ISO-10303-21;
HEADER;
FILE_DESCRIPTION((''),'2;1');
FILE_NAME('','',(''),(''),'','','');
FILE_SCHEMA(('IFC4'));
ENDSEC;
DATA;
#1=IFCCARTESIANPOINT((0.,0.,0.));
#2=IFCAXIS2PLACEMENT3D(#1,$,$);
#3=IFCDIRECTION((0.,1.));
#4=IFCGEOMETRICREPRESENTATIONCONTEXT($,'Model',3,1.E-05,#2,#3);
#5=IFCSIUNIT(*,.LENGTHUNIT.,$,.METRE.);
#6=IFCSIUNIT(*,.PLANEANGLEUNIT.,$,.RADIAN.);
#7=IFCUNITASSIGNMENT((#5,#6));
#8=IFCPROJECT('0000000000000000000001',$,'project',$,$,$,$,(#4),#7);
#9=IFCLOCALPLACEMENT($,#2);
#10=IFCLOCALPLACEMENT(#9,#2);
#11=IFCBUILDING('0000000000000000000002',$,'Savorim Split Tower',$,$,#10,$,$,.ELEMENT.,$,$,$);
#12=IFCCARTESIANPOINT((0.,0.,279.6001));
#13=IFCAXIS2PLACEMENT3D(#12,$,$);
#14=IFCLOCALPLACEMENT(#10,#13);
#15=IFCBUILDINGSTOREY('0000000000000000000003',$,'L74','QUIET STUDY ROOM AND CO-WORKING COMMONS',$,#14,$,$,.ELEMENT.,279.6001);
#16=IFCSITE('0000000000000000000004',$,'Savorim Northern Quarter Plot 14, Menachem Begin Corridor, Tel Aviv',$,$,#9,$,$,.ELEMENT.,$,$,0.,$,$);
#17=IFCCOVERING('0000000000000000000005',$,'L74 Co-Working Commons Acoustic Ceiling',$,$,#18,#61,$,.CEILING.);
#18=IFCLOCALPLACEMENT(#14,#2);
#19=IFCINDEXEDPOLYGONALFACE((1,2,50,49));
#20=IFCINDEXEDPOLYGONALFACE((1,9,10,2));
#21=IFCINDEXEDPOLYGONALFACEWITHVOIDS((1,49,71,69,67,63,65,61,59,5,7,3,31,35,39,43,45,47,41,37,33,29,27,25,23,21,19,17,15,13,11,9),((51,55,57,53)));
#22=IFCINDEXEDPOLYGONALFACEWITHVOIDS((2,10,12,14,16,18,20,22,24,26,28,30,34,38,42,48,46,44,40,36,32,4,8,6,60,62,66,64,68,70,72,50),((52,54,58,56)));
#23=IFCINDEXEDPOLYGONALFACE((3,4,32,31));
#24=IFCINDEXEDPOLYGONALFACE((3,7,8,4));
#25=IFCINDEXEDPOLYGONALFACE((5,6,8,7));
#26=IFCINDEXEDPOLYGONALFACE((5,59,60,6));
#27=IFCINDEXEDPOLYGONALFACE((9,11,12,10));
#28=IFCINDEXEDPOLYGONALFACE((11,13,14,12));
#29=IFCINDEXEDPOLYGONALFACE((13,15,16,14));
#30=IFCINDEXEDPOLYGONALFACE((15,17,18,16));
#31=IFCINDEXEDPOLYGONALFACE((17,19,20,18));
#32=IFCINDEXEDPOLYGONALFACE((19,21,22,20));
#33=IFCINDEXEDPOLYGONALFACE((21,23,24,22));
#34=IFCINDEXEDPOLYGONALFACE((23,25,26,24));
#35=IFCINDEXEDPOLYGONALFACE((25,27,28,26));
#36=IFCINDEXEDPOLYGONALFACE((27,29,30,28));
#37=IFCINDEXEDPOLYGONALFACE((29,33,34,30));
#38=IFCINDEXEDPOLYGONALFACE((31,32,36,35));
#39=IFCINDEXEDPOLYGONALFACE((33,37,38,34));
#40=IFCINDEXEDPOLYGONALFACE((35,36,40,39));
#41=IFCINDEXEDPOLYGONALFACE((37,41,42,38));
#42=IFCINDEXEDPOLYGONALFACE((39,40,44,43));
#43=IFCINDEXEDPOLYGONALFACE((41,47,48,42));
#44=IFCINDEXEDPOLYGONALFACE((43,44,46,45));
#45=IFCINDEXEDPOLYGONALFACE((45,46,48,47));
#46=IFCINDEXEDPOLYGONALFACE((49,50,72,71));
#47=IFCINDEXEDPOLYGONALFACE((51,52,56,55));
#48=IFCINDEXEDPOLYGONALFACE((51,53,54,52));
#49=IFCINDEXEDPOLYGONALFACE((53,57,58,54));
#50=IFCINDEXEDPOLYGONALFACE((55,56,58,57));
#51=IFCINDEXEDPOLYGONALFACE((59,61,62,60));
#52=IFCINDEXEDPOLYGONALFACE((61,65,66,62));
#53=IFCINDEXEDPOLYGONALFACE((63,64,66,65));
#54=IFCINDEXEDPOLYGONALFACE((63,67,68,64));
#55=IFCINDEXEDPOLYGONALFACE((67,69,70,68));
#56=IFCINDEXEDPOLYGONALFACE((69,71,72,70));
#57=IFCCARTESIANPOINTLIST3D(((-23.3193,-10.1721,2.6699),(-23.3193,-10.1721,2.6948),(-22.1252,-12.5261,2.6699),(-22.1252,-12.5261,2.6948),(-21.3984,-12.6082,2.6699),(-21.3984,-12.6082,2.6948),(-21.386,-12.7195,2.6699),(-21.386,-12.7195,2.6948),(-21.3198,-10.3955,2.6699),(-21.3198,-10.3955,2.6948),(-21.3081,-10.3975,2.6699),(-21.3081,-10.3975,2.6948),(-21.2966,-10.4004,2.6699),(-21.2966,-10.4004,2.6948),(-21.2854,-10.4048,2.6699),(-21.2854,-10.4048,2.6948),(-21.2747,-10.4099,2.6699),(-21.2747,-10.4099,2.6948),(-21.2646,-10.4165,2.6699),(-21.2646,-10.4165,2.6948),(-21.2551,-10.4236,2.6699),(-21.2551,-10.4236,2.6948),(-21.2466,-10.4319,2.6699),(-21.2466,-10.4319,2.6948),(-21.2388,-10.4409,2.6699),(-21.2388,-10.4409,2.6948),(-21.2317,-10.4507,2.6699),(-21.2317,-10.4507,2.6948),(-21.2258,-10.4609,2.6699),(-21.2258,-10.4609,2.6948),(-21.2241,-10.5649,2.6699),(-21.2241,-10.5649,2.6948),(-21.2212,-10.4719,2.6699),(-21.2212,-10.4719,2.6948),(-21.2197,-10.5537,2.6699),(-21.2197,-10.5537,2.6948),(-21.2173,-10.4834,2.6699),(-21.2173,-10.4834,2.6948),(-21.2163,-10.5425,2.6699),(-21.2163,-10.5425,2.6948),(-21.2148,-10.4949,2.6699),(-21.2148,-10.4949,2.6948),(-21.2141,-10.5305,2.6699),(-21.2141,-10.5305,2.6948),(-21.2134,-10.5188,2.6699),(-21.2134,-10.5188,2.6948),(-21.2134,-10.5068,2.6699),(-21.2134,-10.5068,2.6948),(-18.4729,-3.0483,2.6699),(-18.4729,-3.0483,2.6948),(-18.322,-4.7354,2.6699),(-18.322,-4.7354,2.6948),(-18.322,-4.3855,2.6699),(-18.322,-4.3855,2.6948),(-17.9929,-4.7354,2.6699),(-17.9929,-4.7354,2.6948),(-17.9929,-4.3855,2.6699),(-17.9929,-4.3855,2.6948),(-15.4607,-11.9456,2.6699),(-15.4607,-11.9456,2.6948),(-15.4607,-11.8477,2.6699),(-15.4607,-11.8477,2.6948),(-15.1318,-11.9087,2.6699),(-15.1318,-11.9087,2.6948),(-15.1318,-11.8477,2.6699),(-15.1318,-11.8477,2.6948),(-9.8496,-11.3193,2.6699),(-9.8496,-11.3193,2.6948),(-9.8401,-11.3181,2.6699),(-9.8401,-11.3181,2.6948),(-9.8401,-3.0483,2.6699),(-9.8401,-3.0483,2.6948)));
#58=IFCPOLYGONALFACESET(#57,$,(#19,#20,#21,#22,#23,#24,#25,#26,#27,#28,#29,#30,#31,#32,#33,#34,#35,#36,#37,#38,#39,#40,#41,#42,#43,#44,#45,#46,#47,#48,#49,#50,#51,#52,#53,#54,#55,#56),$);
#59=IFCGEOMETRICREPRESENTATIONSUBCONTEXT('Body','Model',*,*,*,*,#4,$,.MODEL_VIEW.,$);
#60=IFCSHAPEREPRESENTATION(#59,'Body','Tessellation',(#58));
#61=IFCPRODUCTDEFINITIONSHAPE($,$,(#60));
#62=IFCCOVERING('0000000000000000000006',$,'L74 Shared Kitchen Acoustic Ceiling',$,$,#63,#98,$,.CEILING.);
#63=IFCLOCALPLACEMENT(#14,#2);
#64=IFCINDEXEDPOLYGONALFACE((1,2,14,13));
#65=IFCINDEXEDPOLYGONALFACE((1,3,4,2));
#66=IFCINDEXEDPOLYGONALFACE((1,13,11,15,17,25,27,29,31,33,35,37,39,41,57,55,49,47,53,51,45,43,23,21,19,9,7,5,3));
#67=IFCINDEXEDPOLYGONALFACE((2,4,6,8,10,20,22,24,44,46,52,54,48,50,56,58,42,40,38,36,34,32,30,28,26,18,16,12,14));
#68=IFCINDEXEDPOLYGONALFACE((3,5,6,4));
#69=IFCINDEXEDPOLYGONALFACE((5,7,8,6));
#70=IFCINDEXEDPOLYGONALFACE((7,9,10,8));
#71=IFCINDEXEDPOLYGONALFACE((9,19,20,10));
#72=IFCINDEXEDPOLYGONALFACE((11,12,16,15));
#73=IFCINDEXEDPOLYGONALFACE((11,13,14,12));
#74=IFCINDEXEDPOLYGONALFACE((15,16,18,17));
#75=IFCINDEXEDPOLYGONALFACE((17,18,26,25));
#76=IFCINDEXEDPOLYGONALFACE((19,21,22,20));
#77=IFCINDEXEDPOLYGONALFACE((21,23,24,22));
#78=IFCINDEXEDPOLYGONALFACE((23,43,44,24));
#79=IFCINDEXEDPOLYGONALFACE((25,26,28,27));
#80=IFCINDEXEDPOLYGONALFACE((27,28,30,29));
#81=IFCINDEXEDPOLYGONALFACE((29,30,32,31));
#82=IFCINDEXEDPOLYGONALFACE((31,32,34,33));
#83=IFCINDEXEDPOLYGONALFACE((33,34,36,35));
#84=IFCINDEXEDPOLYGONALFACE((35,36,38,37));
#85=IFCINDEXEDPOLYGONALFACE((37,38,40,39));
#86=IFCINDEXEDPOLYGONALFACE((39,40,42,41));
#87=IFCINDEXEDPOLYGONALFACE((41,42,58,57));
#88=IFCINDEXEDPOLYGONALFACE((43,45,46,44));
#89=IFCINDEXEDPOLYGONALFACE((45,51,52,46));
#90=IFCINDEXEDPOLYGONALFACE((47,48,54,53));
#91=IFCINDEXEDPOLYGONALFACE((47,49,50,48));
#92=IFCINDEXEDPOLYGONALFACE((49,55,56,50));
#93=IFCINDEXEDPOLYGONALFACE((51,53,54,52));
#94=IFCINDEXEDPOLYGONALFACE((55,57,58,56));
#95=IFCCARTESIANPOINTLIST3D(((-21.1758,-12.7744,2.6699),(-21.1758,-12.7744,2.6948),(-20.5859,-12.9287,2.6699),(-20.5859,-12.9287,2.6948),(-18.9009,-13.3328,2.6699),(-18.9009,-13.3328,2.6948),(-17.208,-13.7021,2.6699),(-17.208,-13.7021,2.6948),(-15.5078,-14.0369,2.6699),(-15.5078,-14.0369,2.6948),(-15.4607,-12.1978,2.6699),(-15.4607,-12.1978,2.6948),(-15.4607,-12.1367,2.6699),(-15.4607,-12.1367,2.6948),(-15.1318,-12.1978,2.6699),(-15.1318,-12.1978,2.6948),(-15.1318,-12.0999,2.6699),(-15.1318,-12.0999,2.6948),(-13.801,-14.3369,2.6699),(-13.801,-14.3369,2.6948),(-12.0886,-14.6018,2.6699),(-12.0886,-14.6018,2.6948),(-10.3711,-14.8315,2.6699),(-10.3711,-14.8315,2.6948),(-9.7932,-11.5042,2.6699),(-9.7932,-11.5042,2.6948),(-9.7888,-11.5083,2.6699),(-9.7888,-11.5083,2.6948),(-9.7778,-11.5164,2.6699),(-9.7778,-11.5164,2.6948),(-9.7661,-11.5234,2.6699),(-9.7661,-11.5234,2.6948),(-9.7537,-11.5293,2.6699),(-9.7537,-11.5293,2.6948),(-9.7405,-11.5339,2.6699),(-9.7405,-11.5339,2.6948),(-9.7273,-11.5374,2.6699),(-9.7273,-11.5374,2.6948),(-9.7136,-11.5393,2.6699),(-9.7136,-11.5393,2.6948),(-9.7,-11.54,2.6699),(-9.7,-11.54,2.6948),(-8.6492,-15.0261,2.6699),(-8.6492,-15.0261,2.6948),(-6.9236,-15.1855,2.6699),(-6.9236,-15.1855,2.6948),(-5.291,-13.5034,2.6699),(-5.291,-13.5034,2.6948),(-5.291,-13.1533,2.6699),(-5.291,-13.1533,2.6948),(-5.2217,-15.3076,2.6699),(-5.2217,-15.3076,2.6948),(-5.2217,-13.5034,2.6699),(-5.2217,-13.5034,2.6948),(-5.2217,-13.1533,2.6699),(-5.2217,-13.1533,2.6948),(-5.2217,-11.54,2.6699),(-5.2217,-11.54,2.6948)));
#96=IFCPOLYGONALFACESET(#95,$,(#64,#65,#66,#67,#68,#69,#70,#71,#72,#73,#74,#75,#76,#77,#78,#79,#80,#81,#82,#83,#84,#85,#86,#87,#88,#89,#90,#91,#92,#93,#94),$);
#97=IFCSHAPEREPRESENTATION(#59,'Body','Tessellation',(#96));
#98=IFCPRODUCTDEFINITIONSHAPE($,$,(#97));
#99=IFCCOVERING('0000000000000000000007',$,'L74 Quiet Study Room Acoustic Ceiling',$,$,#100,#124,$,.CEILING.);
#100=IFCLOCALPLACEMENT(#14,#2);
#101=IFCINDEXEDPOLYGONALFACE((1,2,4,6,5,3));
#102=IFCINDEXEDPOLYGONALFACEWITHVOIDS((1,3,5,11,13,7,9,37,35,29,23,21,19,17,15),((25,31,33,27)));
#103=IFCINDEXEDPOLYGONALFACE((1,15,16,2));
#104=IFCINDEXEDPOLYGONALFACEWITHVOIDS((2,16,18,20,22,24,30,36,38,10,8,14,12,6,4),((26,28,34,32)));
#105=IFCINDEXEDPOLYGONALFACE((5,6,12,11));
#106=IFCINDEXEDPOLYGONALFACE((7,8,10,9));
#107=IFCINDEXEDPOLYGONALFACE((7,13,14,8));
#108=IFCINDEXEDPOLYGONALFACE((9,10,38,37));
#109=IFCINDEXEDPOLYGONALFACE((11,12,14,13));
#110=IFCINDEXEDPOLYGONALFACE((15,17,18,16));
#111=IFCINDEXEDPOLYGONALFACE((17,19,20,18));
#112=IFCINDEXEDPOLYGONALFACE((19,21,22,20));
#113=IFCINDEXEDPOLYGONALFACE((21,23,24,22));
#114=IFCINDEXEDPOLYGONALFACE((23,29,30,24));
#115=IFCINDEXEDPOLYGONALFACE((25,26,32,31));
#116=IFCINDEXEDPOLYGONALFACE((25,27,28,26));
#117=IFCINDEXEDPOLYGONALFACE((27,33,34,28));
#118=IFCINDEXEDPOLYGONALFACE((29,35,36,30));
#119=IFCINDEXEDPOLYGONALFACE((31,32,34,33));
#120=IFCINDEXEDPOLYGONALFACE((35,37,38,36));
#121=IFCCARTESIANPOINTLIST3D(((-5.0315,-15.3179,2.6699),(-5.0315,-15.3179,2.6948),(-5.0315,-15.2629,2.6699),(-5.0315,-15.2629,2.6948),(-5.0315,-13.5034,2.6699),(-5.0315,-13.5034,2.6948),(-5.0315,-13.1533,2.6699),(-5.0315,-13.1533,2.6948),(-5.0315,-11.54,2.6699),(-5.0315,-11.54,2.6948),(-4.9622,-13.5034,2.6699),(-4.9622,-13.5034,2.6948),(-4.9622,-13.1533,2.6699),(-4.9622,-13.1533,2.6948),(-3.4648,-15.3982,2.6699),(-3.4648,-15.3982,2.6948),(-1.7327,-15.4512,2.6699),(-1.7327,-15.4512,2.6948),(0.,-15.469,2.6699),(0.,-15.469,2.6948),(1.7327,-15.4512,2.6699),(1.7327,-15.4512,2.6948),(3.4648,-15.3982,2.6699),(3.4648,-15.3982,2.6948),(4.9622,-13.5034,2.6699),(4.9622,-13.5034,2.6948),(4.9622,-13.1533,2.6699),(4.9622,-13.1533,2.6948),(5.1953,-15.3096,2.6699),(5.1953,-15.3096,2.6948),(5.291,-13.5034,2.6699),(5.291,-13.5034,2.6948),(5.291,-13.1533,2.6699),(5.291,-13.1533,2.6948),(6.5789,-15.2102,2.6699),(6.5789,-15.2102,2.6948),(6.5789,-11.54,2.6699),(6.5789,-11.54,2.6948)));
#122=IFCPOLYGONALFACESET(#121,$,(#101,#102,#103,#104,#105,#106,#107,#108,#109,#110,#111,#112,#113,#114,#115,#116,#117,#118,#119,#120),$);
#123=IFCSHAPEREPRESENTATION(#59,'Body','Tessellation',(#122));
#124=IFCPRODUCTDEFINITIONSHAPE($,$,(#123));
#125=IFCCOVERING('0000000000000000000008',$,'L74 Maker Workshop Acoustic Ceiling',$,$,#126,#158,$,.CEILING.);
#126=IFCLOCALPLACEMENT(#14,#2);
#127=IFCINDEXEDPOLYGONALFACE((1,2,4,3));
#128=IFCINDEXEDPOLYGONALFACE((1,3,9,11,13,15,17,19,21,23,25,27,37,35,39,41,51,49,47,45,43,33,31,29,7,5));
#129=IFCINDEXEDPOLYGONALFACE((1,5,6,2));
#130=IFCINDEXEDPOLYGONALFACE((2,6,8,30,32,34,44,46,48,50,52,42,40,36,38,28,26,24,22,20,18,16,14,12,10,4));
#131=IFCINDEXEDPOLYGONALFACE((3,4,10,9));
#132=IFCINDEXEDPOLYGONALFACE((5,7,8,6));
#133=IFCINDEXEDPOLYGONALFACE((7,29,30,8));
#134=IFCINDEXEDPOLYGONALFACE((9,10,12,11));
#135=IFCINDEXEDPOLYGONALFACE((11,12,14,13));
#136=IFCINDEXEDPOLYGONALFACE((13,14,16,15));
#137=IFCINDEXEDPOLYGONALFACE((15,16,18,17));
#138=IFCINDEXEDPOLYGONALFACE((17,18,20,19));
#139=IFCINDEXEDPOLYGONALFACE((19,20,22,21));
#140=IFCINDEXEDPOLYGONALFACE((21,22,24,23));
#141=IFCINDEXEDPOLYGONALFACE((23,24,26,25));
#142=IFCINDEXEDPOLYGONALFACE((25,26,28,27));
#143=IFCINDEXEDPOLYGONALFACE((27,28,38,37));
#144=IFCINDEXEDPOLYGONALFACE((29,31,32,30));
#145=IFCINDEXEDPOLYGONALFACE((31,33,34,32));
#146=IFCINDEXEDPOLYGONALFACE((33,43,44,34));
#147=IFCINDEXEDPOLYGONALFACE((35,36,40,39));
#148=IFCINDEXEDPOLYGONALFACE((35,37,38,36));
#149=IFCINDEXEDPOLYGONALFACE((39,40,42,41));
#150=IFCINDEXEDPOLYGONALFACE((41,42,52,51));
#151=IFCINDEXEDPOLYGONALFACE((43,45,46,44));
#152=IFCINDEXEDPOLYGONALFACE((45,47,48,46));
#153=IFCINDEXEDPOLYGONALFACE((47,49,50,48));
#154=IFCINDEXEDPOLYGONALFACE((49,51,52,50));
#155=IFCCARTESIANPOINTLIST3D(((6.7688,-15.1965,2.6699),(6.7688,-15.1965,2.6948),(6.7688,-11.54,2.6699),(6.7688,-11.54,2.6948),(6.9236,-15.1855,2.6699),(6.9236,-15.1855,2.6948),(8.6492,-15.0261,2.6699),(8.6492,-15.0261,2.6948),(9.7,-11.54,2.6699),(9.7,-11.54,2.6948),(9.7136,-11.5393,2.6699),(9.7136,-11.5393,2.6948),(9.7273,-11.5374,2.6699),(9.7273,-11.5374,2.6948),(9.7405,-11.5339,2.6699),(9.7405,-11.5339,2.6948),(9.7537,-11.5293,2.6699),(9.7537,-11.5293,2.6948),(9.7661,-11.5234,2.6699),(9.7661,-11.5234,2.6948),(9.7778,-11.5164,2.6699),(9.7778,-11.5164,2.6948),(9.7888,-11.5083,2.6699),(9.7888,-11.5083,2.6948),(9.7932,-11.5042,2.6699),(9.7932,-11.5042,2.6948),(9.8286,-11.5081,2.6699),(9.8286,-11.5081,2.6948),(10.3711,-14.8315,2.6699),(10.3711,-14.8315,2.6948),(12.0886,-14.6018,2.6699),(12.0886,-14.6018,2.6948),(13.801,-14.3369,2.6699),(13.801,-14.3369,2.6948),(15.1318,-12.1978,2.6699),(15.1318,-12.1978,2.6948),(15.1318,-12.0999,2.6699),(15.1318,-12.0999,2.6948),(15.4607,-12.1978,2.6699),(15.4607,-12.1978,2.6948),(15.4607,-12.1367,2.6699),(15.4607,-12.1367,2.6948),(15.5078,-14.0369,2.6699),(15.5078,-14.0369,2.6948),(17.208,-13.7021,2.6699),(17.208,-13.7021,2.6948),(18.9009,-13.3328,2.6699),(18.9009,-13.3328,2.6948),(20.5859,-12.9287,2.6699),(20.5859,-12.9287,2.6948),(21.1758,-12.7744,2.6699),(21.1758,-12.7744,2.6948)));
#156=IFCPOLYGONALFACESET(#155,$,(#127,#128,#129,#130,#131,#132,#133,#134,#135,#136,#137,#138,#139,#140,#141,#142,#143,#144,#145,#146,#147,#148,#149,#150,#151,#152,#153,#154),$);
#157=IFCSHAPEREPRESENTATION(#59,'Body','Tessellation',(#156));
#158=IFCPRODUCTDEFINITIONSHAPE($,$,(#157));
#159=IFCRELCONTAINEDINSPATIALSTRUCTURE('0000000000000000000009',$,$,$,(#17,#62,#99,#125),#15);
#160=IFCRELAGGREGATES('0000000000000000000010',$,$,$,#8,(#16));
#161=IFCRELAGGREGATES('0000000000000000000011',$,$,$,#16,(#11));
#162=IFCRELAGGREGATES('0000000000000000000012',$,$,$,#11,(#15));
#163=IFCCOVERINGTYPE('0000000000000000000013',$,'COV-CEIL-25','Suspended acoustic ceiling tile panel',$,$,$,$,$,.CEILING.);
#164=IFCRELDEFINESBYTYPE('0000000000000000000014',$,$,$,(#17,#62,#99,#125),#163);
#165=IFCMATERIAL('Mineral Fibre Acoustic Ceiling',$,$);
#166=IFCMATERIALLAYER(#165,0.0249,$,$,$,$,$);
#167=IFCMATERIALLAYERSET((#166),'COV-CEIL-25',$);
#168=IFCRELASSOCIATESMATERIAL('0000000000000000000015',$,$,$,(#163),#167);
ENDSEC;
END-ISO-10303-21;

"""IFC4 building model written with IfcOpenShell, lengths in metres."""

from ifc_helpers import new_model, si_unit, direction, frame, origin, place, context, subcontext, project, spatial, polyline, outline, extrude, material, layer, layer_set, type_object, element, save


model = new_model("IFC4")

# Units and contexts
model_context = context("Model", 3, precision=1e-05, world=origin(), true_north=direction((0.0, 1.0)))
body_context = subcontext(model_context, "Body", "Model", "MODEL_VIEW")
ifc_project = project(units=[si_unit("LENGTHUNIT", "METRE"), si_unit("PLANEANGLEUNIT", "RADIAN")], contexts=[model_context])

# Site, building, storey
site_placement = place(None, origin())
site = spatial("IfcSite", under=ifc_project, at=site_placement, Name="Savorim Northern Quarter Plot 14, Menachem Begin Corridor, Tel Aviv", CompositionType="ELEMENT", RefElevation=0.0)
building_placement = place(site_placement, origin())
building = spatial("IfcBuilding", under=site, at=building_placement, Name="Savorim Split Tower", CompositionType="ELEMENT")
storey_placement = place(building_placement, frame((0.0, 0.0, 279.6001)))
storey = spatial("IfcBuildingStorey", under=building, at=storey_placement, Name="L74", Description="QUIET STUDY ROOM AND CO-WORKING COMMONS", CompositionType="ELEMENT", Elevation=279.6001)

# Coverings
ifc_material_1 = material(Name="Mineral Fibre Acoustic Ceiling")
ifc_layer_1 = layer(ifc_material_1, 0.0249)
ifc_layer_set_1 = layer_set([ifc_layer_1], Name="COV-CEIL-25")
covering_type_1 = type_object("IfcCoveringType", Name="COV-CEIL-25", Description="Suspended acoustic ceiling tile panel", PredefinedType="CEILING", material=ifc_layer_set_1)
covering_1_placement = place(storey_placement, frame((0.0, 0.0, 2.6699)))
element("IfcCovering", 1, at=covering_1_placement, inside=storey, type_object=covering_type_1, Name="L74 Co-Working Commons Acoustic Ceiling", PredefinedType="CEILING", context=body_context, shape_type="SweptSolid", body=[
    extrude(outline(polyline([(-21.2134, -10.5188), (-21.2141, -10.5305), (-21.2163, -10.5425), (-21.2197, -10.5537), (-21.2241, -10.5649), (-22.1252, -12.5261), (-21.386, -12.7195), (-21.3984, -12.6082), (-15.4607, -11.9456), (-15.4607, -11.8477), (-15.1318, -11.8477), (-15.1318, -11.9087), (-9.8496, -11.3193), (-9.8401, -11.3181), (-9.8401, -3.0483), (-18.4729, -3.0483), (-23.3193, -10.1721), (-21.3198, -10.3955), (-21.3081, -10.3975), (-21.2966, -10.4004), (-21.2854, -10.4048), (-21.2747, -10.4099), (-21.2646, -10.4165), (-21.2551, -10.4236), (-21.2466, -10.4319), (-21.2388, -10.4409), (-21.2317, -10.4507), (-21.2258, -10.4609), (-21.2212, -10.4719), (-21.2173, -10.4834), (-21.2148, -10.4949), (-21.2134, -10.5068), (-21.2134, -10.5188)]), holes=[polyline([(-18.322, -4.7354), (-17.9929, -4.7354), (-17.9929, -4.3855), (-18.322, -4.3855), (-18.322, -4.7354)])]), origin(), (0.0, 0.0, 1.0), 0.0249),
])
covering_2_placement = place(storey_placement, frame((0.0, 0.0, 2.6699)))
element("IfcCovering", 2, at=covering_2_placement, inside=storey, type_object=covering_type_1, Name="L74 Shared Kitchen Acoustic Ceiling", PredefinedType="CEILING", context=body_context, shape_type="SweptSolid", body=[
    extrude(outline(polyline([(-12.0886, -14.6018), (-10.3711, -14.8315), (-8.6492, -15.0261), (-6.9236, -15.1855), (-5.2217, -15.3076), (-5.2217, -13.5034), (-5.291, -13.5034), (-5.291, -13.1533), (-5.2217, -13.1533), (-5.2217, -11.54), (-9.7, -11.54), (-9.7136, -11.5393), (-9.7273, -11.5374), (-9.7405, -11.5339), (-9.7537, -11.5293), (-9.7661, -11.5234), (-9.7778, -11.5164), (-9.7888, -11.5083), (-9.7932, -11.5042), (-15.1318, -12.0999), (-15.1318, -12.1978), (-15.4607, -12.1978), (-15.4607, -12.1367), (-21.1758, -12.7744), (-20.5859, -12.9287), (-18.9009, -13.3328), (-17.208, -13.7021), (-15.5078, -14.0369), (-13.801, -14.3369), (-12.0886, -14.6018)])), origin(), (0.0, 0.0, 1.0), 0.0249),
])
covering_3_placement = place(storey_placement, frame((0.0, 0.0, 2.6699)))
element("IfcCovering", 3, at=covering_3_placement, inside=storey, type_object=covering_type_1, Name="L74 Quiet Study Room Acoustic Ceiling", PredefinedType="CEILING", context=body_context, shape_type="SweptSolid", body=[
    extrude(outline(polyline([(1.7327, -15.4512), (3.4648, -15.3982), (5.1953, -15.3096), (6.5789, -15.2102), (6.5789, -11.54), (-5.0315, -11.54), (-5.0315, -13.1533), (-4.9622, -13.1533), (-4.9622, -13.5034), (-5.0315, -13.5034), (-5.0315, -15.2629), (-5.0315, -15.3179), (-3.4648, -15.3982), (-1.7327, -15.4512), (0.0, -15.469), (1.7327, -15.4512)]), holes=[polyline([(4.9622, -13.5034), (5.291, -13.5034), (5.291, -13.1533), (4.9622, -13.1533), (4.9622, -13.5034)])]), origin(), (0.0, 0.0, 1.0), 0.0249),
])
covering_4_placement = place(storey_placement, frame((0.0, 0.0, 2.6699)))
element("IfcCovering", 4, at=covering_4_placement, inside=storey, type_object=covering_type_1, Name="L74 Maker Workshop Acoustic Ceiling", PredefinedType="CEILING", context=body_context, shape_type="SweptSolid", body=[
    extrude(outline(polyline([(15.5078, -14.0369), (17.208, -13.7021), (18.9009, -13.3328), (20.5859, -12.9287), (21.1758, -12.7744), (15.4607, -12.1367), (15.4607, -12.1978), (15.1318, -12.1978), (15.1318, -12.0999), (9.8286, -11.5081), (9.7932, -11.5042), (9.7888, -11.5083), (9.7778, -11.5164), (9.7661, -11.5234), (9.7537, -11.5293), (9.7405, -11.5339), (9.7273, -11.5374), (9.7136, -11.5393), (9.7, -11.54), (6.7688, -11.54), (6.7688, -15.1965), (6.9236, -15.1855), (8.6492, -15.0261), (10.3711, -14.8315), (12.0886, -14.6018), (13.801, -14.3369), (15.5078, -14.0369)])), origin(), (0.0, 0.0, 1.0), 0.0249),
])

save(model, "model.ifc")
